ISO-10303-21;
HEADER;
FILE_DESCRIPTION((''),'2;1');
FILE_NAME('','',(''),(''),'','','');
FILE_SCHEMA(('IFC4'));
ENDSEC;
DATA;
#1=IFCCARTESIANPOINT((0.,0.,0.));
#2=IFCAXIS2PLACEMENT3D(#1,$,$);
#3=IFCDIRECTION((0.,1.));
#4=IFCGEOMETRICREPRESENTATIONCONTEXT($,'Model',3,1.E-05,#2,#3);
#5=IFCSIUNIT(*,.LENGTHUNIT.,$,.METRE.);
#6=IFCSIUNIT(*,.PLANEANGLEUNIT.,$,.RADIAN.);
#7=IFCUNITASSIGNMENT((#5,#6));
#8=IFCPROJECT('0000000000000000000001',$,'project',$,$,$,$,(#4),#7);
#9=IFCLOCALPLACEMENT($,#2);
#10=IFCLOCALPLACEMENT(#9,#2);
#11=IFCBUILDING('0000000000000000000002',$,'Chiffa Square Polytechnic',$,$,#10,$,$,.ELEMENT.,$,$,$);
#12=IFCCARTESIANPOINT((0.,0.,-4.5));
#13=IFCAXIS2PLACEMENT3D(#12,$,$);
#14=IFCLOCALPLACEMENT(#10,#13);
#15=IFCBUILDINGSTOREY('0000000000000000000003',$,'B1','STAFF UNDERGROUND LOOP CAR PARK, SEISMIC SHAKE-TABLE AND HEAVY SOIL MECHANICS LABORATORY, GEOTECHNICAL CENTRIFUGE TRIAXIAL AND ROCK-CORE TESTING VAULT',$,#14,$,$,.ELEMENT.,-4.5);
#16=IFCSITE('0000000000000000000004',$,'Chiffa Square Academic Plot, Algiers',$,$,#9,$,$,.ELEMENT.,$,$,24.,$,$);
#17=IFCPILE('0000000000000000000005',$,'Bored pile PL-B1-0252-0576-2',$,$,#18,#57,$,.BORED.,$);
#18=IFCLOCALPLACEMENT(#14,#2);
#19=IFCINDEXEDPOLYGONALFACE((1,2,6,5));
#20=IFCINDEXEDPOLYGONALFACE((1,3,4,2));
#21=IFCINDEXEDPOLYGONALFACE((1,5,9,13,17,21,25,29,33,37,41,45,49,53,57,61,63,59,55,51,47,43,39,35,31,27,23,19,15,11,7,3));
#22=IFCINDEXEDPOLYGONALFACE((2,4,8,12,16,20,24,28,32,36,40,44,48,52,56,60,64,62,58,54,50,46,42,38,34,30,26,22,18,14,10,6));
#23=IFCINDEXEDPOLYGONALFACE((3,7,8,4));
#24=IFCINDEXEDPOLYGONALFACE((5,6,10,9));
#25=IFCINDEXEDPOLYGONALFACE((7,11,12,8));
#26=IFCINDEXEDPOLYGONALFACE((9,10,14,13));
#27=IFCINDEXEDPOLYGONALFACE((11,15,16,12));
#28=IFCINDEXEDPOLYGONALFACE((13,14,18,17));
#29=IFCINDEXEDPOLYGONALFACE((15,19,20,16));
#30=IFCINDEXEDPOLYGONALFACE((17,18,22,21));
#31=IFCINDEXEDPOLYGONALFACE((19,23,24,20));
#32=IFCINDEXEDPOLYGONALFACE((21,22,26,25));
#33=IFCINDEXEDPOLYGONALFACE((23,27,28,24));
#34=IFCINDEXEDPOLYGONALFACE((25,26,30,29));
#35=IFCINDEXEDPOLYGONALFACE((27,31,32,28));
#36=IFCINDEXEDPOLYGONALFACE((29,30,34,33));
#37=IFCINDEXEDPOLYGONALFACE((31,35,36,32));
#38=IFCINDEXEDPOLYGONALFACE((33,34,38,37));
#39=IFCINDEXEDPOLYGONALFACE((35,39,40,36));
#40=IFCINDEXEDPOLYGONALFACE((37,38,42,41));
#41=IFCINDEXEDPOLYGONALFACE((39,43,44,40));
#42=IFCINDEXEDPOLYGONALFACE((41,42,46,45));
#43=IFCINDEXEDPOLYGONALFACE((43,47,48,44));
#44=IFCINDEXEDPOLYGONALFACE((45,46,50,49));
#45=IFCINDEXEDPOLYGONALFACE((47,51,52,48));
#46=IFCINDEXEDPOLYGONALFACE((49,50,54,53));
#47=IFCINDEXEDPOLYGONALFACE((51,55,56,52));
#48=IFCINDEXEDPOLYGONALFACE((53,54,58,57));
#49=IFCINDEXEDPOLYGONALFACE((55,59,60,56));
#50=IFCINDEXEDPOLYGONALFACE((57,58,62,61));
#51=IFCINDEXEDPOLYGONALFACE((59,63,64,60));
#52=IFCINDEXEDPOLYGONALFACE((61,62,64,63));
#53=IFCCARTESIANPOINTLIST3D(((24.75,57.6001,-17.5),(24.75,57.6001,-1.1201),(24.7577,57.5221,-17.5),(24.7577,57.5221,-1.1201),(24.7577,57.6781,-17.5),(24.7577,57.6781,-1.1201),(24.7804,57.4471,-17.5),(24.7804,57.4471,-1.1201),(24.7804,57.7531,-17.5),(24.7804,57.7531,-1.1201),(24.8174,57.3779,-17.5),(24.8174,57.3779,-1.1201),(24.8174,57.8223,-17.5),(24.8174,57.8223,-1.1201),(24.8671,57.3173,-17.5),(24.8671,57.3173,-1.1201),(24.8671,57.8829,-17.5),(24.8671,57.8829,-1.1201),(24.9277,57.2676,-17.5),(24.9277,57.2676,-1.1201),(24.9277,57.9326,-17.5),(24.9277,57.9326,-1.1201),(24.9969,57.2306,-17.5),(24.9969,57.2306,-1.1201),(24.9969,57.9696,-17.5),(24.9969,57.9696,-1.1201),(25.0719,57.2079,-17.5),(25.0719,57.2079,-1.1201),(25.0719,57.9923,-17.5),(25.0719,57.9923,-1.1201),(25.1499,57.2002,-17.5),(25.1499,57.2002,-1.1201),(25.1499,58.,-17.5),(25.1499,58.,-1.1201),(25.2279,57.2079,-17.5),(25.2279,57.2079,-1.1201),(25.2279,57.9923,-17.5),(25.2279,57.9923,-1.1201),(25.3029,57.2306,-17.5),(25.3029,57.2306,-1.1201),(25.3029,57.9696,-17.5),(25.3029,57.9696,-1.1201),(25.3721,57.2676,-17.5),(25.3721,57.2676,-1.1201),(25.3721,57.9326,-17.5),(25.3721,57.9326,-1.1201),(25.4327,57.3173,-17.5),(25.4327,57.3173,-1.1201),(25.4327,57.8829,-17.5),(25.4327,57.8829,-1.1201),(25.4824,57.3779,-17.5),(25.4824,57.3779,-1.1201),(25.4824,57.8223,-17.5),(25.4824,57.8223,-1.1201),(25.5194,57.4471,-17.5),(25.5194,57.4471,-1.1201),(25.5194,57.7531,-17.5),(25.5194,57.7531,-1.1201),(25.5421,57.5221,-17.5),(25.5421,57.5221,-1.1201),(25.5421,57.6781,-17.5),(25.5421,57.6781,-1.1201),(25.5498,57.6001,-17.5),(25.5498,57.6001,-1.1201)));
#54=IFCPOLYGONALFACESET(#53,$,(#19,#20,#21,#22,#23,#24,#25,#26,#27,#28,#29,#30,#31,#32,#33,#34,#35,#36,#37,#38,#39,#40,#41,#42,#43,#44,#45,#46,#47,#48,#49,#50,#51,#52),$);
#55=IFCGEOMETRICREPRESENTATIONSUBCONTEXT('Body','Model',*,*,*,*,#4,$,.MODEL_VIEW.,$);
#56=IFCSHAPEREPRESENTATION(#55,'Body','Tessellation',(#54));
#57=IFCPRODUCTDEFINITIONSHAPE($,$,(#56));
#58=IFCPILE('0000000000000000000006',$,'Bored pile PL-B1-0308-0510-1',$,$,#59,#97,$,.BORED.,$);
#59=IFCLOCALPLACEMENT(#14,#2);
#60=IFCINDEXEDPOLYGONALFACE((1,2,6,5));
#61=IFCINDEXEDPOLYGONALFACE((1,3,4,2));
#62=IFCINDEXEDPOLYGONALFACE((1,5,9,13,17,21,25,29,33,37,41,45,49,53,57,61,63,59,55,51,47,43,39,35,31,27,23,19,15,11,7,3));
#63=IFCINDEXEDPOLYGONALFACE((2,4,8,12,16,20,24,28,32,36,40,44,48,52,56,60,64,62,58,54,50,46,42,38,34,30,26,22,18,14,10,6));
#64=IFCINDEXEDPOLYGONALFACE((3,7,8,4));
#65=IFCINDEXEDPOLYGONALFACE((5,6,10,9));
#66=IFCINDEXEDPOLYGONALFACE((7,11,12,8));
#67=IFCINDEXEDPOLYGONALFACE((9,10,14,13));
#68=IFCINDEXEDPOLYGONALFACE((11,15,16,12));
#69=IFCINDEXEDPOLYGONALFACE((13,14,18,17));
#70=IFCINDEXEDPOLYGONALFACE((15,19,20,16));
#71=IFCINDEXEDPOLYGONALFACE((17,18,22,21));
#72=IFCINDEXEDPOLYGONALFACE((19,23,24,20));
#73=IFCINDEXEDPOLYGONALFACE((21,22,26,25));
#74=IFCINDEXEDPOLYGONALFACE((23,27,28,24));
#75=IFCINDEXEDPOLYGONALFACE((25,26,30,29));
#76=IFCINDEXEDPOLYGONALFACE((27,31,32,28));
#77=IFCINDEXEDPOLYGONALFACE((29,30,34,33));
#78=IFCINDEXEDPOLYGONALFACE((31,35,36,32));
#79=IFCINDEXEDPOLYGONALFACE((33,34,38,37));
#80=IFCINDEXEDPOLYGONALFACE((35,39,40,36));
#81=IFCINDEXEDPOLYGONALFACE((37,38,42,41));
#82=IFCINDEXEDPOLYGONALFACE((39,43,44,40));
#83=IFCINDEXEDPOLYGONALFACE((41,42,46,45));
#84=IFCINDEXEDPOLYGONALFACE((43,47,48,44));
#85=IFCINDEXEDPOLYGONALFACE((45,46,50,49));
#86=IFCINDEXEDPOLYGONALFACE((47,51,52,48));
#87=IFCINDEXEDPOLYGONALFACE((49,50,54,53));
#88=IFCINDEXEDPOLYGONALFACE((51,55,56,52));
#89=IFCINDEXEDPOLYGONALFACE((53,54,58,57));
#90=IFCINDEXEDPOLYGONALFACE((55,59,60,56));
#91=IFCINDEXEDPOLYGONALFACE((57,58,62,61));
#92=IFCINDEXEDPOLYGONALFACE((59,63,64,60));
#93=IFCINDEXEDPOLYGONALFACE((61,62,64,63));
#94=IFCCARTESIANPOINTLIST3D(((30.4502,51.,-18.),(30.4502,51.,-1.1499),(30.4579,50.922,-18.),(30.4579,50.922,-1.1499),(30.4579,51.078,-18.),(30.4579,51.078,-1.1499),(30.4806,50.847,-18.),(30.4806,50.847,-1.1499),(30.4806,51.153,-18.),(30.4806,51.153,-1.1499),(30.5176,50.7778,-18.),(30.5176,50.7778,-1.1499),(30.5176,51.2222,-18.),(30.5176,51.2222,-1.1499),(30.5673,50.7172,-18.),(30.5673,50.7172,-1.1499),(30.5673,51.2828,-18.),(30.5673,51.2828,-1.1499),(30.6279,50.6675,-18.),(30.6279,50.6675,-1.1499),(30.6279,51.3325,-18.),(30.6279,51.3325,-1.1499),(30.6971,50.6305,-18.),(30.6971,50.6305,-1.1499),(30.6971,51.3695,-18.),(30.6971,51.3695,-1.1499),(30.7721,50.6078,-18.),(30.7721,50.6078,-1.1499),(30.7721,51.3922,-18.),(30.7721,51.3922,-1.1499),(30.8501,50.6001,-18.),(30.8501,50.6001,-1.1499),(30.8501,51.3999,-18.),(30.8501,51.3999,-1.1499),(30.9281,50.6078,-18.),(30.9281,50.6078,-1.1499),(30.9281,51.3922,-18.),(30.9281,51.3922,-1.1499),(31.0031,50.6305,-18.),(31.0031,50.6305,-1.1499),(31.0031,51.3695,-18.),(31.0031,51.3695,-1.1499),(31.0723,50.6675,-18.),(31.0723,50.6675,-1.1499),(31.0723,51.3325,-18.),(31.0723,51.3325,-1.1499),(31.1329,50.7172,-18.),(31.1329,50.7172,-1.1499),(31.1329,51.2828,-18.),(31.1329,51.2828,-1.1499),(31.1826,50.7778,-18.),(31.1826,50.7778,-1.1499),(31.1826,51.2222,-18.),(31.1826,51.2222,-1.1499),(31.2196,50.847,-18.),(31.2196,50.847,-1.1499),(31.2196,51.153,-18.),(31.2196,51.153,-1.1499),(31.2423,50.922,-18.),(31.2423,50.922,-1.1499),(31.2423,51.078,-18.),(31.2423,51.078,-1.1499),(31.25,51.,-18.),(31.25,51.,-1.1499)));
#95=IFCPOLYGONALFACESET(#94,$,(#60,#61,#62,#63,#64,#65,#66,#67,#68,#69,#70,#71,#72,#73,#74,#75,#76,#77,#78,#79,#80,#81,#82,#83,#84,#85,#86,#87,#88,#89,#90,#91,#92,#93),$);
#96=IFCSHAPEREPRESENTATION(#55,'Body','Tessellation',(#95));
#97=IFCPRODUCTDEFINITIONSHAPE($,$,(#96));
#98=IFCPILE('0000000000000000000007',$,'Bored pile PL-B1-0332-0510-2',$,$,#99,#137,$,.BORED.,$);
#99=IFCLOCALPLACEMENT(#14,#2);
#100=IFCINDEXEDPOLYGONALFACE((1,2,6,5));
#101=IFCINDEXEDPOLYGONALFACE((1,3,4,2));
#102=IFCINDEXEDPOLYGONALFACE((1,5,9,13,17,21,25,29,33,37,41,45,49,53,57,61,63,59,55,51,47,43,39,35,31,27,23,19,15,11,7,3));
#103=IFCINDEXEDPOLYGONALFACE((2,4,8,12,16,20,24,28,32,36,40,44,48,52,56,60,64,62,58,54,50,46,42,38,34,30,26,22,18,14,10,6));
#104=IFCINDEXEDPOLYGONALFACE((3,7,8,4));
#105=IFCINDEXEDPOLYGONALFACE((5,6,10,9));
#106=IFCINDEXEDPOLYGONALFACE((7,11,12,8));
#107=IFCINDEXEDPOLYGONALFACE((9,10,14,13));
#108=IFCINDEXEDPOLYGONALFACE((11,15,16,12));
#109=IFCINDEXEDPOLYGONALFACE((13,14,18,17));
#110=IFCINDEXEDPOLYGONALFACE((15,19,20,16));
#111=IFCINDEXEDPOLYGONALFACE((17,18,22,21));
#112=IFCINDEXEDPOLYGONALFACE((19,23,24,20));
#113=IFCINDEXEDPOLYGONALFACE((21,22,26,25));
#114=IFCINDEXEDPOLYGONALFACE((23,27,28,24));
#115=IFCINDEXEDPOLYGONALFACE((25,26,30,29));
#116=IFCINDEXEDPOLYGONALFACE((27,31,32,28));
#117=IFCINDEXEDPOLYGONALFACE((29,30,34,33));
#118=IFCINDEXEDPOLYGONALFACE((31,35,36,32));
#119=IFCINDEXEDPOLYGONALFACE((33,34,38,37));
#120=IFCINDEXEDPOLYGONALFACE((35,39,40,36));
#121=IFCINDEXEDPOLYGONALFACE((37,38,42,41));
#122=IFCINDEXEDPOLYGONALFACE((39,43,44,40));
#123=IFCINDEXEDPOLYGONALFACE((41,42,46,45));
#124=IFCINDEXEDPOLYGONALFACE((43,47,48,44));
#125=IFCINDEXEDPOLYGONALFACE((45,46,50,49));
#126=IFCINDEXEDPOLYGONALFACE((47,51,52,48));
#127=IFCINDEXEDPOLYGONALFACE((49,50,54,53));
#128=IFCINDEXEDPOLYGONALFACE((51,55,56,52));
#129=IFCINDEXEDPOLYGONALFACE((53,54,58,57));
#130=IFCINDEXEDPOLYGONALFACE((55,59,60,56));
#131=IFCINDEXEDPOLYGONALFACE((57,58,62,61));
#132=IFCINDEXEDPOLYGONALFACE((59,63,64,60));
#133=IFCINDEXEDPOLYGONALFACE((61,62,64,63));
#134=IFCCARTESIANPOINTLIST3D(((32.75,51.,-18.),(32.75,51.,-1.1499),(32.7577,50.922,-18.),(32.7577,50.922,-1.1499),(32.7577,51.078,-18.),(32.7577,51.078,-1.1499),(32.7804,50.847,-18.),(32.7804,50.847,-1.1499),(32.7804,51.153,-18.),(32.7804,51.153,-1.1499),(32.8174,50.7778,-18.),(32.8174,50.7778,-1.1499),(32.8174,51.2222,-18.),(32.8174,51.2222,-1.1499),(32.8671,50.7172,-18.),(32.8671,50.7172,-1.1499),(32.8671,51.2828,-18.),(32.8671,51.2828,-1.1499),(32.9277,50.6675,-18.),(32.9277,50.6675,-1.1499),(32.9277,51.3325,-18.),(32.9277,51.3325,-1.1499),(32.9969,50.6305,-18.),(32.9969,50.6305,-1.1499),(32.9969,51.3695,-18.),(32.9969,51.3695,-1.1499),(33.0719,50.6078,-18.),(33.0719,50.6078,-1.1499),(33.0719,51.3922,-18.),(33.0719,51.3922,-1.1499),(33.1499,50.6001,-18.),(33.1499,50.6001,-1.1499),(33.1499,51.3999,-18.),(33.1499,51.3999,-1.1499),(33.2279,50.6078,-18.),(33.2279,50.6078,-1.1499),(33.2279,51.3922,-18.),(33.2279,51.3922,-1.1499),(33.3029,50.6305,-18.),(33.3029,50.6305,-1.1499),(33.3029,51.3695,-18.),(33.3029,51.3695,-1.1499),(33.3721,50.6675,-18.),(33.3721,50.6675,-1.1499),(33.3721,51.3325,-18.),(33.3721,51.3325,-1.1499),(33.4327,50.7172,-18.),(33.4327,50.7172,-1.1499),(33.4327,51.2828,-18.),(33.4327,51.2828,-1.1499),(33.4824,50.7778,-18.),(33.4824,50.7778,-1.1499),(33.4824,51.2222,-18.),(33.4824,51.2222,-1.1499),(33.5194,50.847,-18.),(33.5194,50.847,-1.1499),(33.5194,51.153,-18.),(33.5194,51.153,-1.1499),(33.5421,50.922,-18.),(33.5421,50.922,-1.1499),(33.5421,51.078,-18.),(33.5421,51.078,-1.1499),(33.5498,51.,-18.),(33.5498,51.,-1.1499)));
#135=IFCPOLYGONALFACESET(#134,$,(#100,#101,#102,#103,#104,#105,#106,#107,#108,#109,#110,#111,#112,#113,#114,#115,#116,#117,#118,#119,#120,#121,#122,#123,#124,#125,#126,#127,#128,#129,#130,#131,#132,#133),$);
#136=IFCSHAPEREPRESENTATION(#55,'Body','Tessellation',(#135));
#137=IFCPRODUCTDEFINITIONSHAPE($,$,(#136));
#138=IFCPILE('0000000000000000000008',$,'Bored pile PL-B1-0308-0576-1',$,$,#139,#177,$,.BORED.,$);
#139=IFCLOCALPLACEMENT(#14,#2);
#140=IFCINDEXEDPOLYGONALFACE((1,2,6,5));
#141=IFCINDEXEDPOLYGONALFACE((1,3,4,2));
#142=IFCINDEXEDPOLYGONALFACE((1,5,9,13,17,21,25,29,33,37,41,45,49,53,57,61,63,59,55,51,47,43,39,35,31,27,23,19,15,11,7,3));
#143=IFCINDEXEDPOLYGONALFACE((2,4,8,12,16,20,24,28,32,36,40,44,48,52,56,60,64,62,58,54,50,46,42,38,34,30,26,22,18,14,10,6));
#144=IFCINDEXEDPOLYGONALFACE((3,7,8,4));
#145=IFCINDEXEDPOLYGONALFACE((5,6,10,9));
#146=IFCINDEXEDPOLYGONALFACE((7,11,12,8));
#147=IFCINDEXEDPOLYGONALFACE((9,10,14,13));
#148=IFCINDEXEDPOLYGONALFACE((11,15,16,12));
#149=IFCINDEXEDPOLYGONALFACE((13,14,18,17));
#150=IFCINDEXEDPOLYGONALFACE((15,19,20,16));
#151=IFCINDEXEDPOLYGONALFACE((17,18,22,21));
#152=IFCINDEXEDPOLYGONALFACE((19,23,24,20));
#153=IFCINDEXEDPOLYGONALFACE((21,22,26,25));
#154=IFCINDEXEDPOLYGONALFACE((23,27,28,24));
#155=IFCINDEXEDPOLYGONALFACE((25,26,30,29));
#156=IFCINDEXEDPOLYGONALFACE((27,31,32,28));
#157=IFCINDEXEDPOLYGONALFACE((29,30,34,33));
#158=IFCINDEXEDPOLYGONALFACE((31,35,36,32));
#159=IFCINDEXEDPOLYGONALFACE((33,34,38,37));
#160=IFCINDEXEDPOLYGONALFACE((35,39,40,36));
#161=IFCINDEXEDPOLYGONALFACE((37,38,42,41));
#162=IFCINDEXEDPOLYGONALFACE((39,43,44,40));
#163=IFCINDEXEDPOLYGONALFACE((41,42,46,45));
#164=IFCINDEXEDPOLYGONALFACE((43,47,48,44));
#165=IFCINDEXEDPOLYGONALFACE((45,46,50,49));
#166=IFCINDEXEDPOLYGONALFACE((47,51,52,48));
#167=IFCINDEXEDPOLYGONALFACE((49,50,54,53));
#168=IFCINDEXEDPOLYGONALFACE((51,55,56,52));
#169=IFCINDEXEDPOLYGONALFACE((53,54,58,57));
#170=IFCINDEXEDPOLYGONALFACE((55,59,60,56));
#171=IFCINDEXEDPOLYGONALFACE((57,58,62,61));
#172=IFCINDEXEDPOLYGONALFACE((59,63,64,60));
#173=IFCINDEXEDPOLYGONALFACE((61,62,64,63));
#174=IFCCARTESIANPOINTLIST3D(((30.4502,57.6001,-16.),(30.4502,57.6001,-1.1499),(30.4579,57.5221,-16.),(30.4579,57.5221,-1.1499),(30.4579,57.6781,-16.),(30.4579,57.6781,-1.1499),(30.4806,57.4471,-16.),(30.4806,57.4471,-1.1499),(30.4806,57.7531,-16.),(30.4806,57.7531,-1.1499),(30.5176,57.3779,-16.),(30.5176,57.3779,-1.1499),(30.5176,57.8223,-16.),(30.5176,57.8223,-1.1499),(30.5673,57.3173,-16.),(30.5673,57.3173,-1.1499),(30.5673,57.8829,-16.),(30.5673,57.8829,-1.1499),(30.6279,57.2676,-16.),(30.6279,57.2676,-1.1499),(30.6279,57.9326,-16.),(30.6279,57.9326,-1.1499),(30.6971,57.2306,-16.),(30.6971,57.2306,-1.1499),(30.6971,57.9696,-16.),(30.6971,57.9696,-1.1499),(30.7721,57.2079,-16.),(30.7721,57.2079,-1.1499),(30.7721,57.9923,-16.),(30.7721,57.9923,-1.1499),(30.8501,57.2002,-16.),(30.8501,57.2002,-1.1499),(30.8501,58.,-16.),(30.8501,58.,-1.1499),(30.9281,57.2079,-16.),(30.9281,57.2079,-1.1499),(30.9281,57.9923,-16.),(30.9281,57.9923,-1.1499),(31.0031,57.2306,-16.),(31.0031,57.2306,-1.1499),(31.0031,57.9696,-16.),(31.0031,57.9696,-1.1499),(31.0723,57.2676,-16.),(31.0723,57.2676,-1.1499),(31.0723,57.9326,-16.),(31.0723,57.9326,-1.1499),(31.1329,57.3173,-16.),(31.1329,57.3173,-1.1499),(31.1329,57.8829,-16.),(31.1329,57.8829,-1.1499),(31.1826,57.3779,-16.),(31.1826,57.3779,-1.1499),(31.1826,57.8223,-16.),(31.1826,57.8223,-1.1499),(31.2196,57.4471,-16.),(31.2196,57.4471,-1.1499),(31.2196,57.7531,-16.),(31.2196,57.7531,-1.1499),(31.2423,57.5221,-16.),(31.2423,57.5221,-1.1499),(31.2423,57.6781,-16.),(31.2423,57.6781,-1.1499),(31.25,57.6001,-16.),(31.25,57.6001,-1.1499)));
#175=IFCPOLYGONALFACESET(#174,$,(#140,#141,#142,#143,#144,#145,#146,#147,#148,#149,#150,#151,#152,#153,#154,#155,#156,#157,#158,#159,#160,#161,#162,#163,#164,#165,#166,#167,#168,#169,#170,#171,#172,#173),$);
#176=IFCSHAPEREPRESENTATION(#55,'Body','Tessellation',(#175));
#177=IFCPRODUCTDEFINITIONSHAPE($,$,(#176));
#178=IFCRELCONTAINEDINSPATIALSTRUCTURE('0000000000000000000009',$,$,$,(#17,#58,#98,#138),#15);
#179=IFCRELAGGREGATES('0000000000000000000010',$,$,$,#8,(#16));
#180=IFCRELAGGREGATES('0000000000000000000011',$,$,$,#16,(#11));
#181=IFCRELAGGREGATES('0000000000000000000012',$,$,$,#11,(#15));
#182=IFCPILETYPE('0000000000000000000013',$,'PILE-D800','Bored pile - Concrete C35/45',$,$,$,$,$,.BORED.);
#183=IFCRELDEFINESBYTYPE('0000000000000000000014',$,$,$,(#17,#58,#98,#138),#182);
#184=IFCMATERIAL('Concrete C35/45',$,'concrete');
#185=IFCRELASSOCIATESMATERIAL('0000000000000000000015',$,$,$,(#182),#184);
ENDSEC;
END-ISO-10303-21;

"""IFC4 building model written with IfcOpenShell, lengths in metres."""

from ifc_helpers import new_model, si_unit, direction, frame, origin, origin_2d, place, context, subcontext, project, spatial, circle, extrude, material, material_profile, profile_set, type_object, element, save


model = new_model("IFC4")

# Units and contexts
model_context = context("Model", 3, precision=1e-05, world=origin(), true_north=direction((0.0, 1.0)))
body_context = subcontext(model_context, "Body", "Model", "MODEL_VIEW")
ifc_project = project(units=[si_unit("LENGTHUNIT", "METRE"), si_unit("PLANEANGLEUNIT", "RADIAN")], contexts=[model_context])

# Site, building, storey
site_placement = place(None, origin())
site = spatial("IfcSite", under=ifc_project, at=site_placement, Name="Chiffa Square Academic Plot, Algiers", CompositionType="ELEMENT", RefElevation=24.0)
building_placement = place(site_placement, origin())
building = spatial("IfcBuilding", under=site, at=building_placement, Name="Chiffa Square Polytechnic", CompositionType="ELEMENT")
storey_placement = place(building_placement, frame((0.0, 0.0, -4.5)))
storey = spatial("IfcBuildingStorey", under=building, at=storey_placement, Name="B1", Description="STAFF UNDERGROUND LOOP CAR PARK, SEISMIC SHAKE-TABLE AND HEAVY SOIL MECHANICS LABORATORY, GEOTECHNICAL CENTRIFUGE TRIAXIAL AND ROCK-CORE TESTING VAULT", CompositionType="ELEMENT", Elevation=-4.5)

# Shared definitions
ifc_material_1 = material(Name="Concrete C35/45", Category="concrete")

# Piles
ifc_material_profile_1 = material_profile(ifc_material_1, circle(Radius=0.3999, at=origin_2d()), Name="PILE D800")
ifc_profile_set_1 = profile_set([ifc_material_profile_1], Name="Concrete C35/45")
pile_type_1 = type_object("IfcPileType", Name="PILE-D800", Description="Bored pile - Concrete C35/45", PredefinedType="BORED", material=ifc_profile_set_1)
for number, where, z_axis, x_axis, name in (
    (1, (25.1499, 57.6001, -1.1201), (0.0, 0.0, -1.0), (1.0, 0.0, 0.0), "Bored pile PL-B1-0252-0576-2"),
):
    element("IfcPile", number, at=place(storey_placement, frame(where, z_axis=z_axis, x_axis=x_axis)), inside=storey, type_object=pile_type_1, Name=name, PredefinedType="BORED", context=body_context, shape_type="SweptSolid", body=[
        extrude(circle(Radius=0.3999, at=origin_2d()), origin(), (0.0, 0.0, 1.0), 16.3799),
    ])
for number, where, z_axis, x_axis, name in (
    (2, (30.8501, 51.0, -1.1499), (0.0, 0.0, -1.0), (1.0, 0.0, 0.0), "Bored pile PL-B1-0308-0510-1"),
    (3, (33.1499, 51.0, -1.1499), (0.0, 0.0, -1.0), (1.0, 0.0, 0.0), "Bored pile PL-B1-0332-0510-2"),
):
    element("IfcPile", number, at=place(storey_placement, frame(where, z_axis=z_axis, x_axis=x_axis)), inside=storey, type_object=pile_type_1, Name=name, PredefinedType="BORED", context=body_context, shape_type="SweptSolid", body=[
        extrude(circle(Radius=0.3999, at=origin_2d()), origin(), (0.0, 0.0, 1.0), 16.8501),
    ])
for number, where, z_axis, x_axis, name in (
    (4, (30.8501, 57.6001, -1.1499), (0.0, 0.0, -1.0), (1.0, 0.0, 0.0), "Bored pile PL-B1-0308-0576-1"),
):
    element("IfcPile", number, at=place(storey_placement, frame(where, z_axis=z_axis, x_axis=x_axis)), inside=storey, type_object=pile_type_1, Name=name, PredefinedType="BORED", context=body_context, shape_type="SweptSolid", body=[
        extrude(circle(Radius=0.3999, at=origin_2d()), origin(), (0.0, 0.0, 1.0), 14.8501),
    ])

save(model, "model.ifc")
